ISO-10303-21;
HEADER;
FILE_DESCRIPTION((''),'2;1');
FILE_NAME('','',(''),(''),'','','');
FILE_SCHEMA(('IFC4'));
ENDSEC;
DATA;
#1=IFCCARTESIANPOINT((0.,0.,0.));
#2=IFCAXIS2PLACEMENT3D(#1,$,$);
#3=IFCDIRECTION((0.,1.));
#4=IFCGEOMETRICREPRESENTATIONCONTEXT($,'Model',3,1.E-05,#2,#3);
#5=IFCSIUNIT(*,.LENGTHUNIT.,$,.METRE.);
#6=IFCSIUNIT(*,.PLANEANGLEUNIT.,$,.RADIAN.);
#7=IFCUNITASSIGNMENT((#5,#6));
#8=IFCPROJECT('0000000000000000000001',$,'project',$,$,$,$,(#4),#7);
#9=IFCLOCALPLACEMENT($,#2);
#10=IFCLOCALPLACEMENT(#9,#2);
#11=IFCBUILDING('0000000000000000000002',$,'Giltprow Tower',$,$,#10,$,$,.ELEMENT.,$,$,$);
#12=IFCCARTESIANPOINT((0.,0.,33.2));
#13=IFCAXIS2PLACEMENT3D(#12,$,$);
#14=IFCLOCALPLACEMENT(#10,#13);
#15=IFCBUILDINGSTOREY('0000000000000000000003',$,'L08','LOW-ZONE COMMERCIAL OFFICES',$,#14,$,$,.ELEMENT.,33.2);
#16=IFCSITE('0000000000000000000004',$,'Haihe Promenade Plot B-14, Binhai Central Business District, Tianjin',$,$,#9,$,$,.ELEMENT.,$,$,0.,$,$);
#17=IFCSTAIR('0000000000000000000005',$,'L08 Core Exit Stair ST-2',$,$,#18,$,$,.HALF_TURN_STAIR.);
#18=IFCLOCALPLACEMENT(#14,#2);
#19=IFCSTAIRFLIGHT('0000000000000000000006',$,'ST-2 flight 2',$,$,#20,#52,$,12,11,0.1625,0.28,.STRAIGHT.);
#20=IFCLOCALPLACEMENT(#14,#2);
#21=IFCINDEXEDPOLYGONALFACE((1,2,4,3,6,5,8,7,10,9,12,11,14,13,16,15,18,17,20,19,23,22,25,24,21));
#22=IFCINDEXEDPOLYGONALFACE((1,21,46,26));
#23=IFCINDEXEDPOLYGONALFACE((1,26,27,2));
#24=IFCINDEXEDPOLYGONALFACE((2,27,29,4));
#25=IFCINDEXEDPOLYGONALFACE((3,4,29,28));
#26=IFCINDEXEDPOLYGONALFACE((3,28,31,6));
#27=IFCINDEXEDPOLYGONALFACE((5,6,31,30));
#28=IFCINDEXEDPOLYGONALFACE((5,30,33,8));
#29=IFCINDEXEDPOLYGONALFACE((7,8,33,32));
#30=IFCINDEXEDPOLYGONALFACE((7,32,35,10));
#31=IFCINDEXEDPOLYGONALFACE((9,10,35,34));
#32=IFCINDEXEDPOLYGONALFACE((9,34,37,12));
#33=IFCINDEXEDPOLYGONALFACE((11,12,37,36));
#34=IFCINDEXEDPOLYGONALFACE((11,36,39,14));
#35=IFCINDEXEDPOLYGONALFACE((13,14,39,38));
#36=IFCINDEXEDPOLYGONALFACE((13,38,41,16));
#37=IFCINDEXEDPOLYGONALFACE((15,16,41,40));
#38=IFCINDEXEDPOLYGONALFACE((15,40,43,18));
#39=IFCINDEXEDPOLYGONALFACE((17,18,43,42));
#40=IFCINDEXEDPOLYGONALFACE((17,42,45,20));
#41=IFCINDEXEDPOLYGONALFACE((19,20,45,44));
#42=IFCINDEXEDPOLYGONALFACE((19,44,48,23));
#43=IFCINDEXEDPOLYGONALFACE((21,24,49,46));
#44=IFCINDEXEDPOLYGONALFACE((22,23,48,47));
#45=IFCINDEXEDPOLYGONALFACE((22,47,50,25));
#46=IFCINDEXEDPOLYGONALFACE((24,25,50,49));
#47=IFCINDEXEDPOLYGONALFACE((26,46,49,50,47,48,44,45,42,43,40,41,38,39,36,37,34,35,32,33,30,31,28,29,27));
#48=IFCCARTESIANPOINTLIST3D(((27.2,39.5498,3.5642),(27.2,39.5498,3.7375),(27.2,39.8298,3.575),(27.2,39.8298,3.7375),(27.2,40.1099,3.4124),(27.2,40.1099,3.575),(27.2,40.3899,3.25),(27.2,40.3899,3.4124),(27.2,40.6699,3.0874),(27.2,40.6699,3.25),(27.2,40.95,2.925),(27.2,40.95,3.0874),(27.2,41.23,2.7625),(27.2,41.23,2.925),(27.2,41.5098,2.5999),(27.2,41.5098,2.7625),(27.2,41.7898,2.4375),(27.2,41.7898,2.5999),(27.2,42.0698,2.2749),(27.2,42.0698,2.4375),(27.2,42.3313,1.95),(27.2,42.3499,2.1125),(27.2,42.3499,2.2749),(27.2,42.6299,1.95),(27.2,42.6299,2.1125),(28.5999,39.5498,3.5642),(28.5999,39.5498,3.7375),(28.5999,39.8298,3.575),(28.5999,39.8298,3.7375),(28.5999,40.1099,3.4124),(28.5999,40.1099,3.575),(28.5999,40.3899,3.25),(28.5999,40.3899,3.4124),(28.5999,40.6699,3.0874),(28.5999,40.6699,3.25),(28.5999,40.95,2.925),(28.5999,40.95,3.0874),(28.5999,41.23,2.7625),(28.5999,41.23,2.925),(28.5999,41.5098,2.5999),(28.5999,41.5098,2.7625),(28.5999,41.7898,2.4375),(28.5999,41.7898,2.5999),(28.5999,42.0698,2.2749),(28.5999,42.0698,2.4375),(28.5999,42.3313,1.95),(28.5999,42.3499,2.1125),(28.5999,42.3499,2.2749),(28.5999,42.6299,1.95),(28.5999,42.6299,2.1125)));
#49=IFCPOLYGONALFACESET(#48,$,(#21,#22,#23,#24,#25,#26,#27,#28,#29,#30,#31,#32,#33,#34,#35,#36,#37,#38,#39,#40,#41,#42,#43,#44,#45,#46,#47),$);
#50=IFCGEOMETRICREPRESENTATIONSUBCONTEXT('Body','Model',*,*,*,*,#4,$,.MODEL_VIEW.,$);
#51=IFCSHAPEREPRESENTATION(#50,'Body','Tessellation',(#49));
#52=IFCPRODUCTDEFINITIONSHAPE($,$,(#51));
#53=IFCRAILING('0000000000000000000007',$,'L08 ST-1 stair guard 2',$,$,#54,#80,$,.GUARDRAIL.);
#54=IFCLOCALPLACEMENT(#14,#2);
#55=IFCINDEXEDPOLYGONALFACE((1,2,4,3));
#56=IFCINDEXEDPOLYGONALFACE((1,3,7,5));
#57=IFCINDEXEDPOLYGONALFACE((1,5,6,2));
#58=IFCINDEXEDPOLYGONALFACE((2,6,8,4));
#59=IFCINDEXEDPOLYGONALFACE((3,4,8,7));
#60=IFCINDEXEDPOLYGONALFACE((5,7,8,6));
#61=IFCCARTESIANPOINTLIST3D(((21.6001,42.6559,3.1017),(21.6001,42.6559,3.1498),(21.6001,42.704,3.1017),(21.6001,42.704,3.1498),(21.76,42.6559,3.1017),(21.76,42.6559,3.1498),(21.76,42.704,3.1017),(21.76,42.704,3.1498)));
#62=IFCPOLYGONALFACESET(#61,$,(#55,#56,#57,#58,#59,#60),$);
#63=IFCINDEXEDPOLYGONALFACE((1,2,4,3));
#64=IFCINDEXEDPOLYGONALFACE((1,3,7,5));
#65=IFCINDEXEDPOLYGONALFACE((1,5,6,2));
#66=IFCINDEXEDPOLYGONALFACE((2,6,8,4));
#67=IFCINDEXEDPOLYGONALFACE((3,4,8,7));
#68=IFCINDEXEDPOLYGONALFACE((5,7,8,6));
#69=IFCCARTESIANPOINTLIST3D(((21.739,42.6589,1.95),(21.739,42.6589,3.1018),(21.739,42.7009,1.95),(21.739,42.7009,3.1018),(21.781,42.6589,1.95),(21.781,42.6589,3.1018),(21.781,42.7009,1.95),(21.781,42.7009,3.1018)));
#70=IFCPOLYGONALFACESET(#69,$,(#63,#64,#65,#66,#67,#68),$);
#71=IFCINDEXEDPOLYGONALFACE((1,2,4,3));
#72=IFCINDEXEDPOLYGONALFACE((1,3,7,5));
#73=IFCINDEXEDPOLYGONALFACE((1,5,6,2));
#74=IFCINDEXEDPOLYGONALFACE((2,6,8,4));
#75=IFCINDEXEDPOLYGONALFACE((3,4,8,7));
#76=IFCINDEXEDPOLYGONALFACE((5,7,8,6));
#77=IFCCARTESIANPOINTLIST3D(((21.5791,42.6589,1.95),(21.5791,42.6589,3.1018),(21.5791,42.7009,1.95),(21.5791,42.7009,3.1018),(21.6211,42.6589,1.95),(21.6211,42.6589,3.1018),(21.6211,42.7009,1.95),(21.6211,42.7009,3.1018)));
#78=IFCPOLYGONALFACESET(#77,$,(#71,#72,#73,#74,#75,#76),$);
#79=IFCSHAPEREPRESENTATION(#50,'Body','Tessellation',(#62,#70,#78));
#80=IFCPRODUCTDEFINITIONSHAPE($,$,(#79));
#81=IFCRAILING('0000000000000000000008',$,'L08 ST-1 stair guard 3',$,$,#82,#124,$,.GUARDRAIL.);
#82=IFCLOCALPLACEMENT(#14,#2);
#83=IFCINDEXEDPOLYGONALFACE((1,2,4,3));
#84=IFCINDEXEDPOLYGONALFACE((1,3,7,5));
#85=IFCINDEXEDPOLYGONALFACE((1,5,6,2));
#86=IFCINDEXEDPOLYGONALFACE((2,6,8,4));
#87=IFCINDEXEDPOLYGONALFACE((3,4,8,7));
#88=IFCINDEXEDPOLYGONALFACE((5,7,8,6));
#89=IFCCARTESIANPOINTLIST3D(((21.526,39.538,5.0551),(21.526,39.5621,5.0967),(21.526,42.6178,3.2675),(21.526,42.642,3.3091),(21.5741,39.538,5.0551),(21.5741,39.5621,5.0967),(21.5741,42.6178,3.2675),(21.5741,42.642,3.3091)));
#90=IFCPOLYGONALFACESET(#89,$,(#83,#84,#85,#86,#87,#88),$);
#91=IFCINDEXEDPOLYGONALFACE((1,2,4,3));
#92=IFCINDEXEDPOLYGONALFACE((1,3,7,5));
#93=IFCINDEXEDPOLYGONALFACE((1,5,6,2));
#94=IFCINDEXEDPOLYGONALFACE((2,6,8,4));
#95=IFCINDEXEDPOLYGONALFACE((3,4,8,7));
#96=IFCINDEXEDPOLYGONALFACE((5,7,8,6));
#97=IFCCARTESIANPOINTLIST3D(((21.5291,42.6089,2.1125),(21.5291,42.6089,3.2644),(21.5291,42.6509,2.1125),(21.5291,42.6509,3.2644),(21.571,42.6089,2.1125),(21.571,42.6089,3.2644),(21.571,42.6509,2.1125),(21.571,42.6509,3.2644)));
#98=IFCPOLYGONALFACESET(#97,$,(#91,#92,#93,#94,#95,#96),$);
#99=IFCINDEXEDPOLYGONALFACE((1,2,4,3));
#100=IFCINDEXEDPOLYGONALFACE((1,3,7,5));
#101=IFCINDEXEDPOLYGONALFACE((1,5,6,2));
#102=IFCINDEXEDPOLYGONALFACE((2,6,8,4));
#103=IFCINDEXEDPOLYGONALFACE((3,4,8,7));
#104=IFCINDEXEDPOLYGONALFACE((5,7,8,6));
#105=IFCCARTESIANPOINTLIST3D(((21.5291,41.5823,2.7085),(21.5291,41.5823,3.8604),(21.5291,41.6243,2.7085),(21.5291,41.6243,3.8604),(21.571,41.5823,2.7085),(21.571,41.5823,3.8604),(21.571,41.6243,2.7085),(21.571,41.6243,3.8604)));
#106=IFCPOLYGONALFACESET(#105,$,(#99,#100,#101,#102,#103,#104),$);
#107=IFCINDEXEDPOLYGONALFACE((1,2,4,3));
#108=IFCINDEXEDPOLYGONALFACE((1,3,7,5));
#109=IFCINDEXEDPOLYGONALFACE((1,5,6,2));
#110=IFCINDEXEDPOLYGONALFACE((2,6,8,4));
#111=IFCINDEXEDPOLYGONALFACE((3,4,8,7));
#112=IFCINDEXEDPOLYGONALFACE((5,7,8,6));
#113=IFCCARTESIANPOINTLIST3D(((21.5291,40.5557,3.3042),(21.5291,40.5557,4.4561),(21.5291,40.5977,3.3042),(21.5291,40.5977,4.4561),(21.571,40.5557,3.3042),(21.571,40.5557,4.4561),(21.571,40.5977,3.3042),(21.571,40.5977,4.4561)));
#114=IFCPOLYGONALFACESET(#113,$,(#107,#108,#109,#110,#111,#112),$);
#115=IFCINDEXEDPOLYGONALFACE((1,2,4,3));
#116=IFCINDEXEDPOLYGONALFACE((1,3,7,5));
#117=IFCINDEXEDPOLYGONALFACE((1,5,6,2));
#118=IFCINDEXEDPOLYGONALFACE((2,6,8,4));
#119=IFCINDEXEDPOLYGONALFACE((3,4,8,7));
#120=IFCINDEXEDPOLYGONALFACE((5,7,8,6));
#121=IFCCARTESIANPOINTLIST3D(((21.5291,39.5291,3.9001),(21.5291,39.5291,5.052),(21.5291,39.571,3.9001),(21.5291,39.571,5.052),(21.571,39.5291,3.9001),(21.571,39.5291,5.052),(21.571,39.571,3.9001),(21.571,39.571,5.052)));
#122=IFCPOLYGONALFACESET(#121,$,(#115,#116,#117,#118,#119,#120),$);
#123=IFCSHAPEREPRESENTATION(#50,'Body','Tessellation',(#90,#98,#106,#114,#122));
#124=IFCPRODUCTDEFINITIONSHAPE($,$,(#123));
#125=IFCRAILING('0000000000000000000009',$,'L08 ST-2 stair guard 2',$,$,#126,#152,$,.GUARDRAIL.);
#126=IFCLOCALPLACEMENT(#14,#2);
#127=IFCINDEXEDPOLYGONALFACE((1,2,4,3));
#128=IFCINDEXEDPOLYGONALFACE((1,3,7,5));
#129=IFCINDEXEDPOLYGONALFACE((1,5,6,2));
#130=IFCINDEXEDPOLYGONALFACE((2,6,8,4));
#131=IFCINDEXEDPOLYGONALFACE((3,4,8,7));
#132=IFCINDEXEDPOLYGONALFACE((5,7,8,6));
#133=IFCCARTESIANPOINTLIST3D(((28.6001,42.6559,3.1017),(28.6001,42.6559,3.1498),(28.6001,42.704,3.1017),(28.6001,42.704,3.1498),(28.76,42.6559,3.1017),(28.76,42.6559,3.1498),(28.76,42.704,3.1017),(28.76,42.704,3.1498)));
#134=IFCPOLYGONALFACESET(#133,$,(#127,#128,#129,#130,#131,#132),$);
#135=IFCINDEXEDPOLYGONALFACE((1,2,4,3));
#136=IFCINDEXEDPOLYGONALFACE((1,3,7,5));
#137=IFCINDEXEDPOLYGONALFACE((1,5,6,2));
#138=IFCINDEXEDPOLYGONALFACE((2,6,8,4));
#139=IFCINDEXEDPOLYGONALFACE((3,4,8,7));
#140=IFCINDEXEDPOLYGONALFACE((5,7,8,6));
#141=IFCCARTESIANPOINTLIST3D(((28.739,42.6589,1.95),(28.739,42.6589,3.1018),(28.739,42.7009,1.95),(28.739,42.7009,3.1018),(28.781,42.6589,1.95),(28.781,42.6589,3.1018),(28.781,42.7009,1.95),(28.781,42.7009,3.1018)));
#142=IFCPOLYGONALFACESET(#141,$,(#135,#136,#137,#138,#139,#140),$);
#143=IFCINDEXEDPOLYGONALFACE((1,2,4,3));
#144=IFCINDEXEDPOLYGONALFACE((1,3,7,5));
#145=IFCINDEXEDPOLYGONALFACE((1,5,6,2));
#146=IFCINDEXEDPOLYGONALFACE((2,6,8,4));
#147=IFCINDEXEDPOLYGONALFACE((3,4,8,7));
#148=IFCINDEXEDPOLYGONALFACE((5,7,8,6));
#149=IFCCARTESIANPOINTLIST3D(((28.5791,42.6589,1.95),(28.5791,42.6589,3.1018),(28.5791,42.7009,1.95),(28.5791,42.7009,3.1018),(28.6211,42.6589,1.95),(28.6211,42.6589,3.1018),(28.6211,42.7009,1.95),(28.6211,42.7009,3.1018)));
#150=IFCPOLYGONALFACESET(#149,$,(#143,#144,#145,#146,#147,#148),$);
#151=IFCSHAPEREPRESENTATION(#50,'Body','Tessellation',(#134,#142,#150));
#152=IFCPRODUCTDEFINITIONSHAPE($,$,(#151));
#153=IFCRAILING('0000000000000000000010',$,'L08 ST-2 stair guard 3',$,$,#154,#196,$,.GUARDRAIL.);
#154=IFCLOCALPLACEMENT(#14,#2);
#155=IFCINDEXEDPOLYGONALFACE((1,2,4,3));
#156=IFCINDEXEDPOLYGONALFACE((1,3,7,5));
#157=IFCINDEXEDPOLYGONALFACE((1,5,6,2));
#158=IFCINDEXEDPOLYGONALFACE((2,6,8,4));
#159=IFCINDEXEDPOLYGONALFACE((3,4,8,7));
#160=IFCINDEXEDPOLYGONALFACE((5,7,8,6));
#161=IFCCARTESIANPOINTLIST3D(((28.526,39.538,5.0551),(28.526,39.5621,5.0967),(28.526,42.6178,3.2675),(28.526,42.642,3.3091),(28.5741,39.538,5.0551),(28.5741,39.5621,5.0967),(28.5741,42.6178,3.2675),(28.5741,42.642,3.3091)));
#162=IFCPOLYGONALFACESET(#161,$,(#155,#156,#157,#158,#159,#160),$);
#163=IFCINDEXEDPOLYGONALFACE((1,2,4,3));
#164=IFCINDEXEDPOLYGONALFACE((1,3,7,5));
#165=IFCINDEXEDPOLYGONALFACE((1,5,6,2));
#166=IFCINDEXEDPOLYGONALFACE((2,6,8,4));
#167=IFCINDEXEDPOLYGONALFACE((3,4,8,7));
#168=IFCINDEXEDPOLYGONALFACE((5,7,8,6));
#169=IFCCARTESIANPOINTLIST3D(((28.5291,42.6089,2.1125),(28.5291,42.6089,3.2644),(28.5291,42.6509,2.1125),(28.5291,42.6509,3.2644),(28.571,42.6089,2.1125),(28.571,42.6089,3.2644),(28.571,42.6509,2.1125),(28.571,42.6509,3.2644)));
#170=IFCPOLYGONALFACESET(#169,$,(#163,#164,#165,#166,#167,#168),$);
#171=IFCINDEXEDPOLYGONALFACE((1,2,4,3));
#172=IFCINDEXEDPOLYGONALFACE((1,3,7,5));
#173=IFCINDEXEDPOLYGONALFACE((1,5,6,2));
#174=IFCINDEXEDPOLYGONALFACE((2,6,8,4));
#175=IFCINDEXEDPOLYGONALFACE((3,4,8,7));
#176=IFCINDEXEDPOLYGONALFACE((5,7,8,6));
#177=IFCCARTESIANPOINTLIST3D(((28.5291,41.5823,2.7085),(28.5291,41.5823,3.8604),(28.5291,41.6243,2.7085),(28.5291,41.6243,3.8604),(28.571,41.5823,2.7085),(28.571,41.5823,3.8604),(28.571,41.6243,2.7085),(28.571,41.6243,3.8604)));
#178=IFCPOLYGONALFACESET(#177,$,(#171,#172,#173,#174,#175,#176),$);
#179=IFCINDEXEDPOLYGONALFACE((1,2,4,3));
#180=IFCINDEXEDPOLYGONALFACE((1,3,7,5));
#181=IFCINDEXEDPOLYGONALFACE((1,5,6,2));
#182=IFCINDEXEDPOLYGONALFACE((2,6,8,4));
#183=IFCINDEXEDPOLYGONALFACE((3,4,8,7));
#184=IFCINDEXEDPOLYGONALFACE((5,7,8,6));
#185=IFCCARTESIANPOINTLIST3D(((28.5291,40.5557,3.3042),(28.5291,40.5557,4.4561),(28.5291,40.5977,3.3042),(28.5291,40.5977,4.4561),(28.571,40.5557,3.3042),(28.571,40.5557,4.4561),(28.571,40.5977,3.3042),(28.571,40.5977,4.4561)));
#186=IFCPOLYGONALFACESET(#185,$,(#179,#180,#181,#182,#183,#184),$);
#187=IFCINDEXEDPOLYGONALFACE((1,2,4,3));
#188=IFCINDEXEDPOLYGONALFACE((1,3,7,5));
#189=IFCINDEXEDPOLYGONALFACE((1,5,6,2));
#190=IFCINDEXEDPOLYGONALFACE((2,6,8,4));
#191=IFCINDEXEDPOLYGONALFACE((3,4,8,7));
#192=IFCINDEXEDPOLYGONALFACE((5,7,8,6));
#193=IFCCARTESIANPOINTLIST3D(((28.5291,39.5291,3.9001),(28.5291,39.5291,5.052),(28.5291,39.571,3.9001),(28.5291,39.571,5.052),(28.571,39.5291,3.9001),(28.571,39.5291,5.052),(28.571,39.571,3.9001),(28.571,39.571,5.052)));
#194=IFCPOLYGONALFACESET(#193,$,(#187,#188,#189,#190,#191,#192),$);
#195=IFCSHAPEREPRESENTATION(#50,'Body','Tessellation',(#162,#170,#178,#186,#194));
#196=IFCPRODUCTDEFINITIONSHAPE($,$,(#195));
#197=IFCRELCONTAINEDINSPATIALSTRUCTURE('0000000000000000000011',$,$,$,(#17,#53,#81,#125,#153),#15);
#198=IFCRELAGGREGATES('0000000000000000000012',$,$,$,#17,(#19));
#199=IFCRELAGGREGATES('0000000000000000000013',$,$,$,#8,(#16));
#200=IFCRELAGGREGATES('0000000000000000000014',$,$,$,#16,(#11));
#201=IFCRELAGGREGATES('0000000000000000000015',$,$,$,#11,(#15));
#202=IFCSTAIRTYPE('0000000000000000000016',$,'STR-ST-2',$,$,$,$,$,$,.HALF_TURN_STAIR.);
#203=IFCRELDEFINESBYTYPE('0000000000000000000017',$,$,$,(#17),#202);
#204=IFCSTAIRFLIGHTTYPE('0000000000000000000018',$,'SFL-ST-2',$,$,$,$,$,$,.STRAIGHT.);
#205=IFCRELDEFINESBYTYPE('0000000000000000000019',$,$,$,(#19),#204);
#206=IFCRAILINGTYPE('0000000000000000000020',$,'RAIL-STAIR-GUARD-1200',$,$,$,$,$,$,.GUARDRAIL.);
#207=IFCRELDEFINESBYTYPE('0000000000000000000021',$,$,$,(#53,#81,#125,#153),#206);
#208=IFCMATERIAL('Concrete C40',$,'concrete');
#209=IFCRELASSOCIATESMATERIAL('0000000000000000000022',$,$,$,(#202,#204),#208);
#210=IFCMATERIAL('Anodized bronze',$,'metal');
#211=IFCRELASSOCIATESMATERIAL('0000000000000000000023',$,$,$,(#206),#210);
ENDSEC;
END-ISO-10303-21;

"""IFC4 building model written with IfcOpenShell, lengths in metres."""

from ifc_helpers import new_model, si_unit, direction, frame, origin, origin_2d, place, context, subcontext, project, spatial, polyline, rectangle, outline, extrude, material, type_object, element, aggregate, save


model = new_model("IFC4")

# Units and contexts
model_context = context("Model", 3, precision=1e-05, world=origin(), true_north=direction((0.0, 1.0)))
body_context = subcontext(model_context, "Body", "Model", "MODEL_VIEW")
ifc_project = project(units=[si_unit("LENGTHUNIT", "METRE"), si_unit("PLANEANGLEUNIT", "RADIAN")], contexts=[model_context])

# Site, building, storey
site_placement = place(None, origin())
site = spatial("IfcSite", under=ifc_project, at=site_placement, Name="Haihe Promenade Plot B-14, Binhai Central Business District, Tianjin", CompositionType="ELEMENT", RefElevation=0.0)
building_placement = place(site_placement, origin())
building = spatial("IfcBuilding", under=site, at=building_placement, Name="Giltprow Tower", CompositionType="ELEMENT")
storey_placement = place(building_placement, frame((0.0, 0.0, 33.2)))
storey = spatial("IfcBuildingStorey", under=building, at=storey_placement, Name="L08", Description="LOW-ZONE COMMERCIAL OFFICES", CompositionType="ELEMENT", Elevation=33.2)

# Shared definitions
ifc_material_1 = material(Name="Concrete C40", Category="concrete")

# Stair, stair flight
stair_type_1 = type_object("IfcStairType", Name="STR-ST-2", PredefinedType="HALF_TURN_STAIR", material=ifc_material_1)
stair_1_placement = place(storey_placement, origin())
stair_1 = element("IfcStair", 1, at=stair_1_placement, inside=storey, type_object=stair_type_1, Name="L08 Core Exit Stair ST-2", PredefinedType="HALF_TURN_STAIR")
stair_flight_type_1 = type_object("IfcStairFlightType", Name="SFL-ST-2", PredefinedType="STRAIGHT", material=ifc_material_1)
stair_flight_1_placement = place(storey_placement, frame((27.8999, 42.6299, 1.95), z_axis=(0.0, 0.0, 1.0), x_axis=(0.0, -1.0, 0.0)))
stair_flight_1 = element("IfcStairFlight", 2, at=stair_flight_1_placement, type_object=stair_flight_type_1, Name="ST-2 flight 2", NumberOfRisers=12, NumberOfTreads=11, PredefinedType="STRAIGHT", RiserHeight=0.1625, TreadLength=0.28, context=body_context, shape_type="SweptSolid", body=[
    extrude(outline(polyline([(0.0, 0.0), (0.0, 0.1626), (0.28, 0.1626), (0.28, 0.325), (0.5601, 0.325), (0.5601, 0.4875), (0.8401, 0.4875), (0.8401, 0.6499), (1.1201, 0.6499), (1.1201, 0.8125), (1.3999, 0.8125), (1.3999, 0.9751), (1.6799, 0.9751), (1.6799, 1.1375), (1.96, 1.1375), (1.96, 1.3), (2.24, 1.3), (2.24, 1.4624), (2.52, 1.4624), (2.52, 1.625), (2.8, 1.625), (2.8, 1.7876), (3.0801, 1.7876), (3.0801, 1.95), (3.0801, 1.6143), (0.2986, 0.0), (0.0, 0.0)])), frame((0.0, 0.7, 0.0), z_axis=(0.0, -1.0, 0.0), x_axis=(1.0, 0.0, 0.0)), (0.0, 0.0, 1.0), 1.3999),
])
aggregate(stair_1, [stair_flight_1])

# Railings
ifc_material_2 = material(Name="Anodized bronze", Category="metal")
railing_type_1 = type_object("IfcRailingType", Name="RAIL-STAIR-GUARD-1200", PredefinedType="GUARDRAIL", material=ifc_material_2)
railing_1_placement = place(storey_placement, frame((21.76, 42.6799, 1.95)))
element("IfcRailing", 3, at=railing_1_placement, inside=storey, type_object=railing_type_1, Name="L08 ST-1 stair guard 2", PredefinedType="GUARDRAIL", context=body_context, shape_type="SweptSolid", body=[
    extrude(rectangle(XDim=0.0481, YDim=0.0481, at=origin_2d()), frame((0.0, 0.0, 1.1758), z_axis=(-1.0, 0.0, 0.0), x_axis=(0.0, -1.0, 0.0)), (0.0, 0.0, 1.0), 0.1599),
    extrude(rectangle(XDim=0.042, YDim=0.042, at=origin_2d()), origin(), (0.0, 0.0, 1.0), 1.1519),
    extrude(rectangle(XDim=0.042, YDim=0.042, at=origin_2d()), frame((-0.1599, 0.0, 0.0)), (0.0, 0.0, 1.0), 1.1519),
])
railing_2_placement = place(storey_placement, frame((21.55, 42.6299, 2.1125)))
element("IfcRailing", 4, at=railing_2_placement, inside=storey, type_object=railing_type_1, Name="L08 ST-1 stair guard 3", PredefinedType="GUARDRAIL", context=body_context, shape_type="SweptSolid", body=[
    extrude(rectangle(XDim=0.0481, YDim=0.0481, at=origin_2d()), frame((0.0, 0.0, 1.1758), z_axis=(0.0, -0.864873, 0.50199), x_axis=(1.0, 0.0, 0.0)), (0.0, 0.0, 1.0), 3.561),
    extrude(rectangle(XDim=0.042, YDim=0.042, at=origin_2d()), origin(), (0.0, 0.0, 1.0), 1.1519),
    extrude(rectangle(XDim=0.042, YDim=0.042, at=origin_2d()), frame((0.0, -1.0266, 0.5959)), (0.0, 0.0, 1.0), 1.1519),
    extrude(rectangle(XDim=0.042, YDim=0.042, at=origin_2d()), frame((0.0, -2.0532, 1.1917)), (0.0, 0.0, 1.0), 1.1519),
    extrude(rectangle(XDim=0.042, YDim=0.042, at=origin_2d()), frame((0.0, -3.0798, 1.7876)), (0.0, 0.0, 1.0), 1.1519),
])
railing_3_placement = place(storey_placement, frame((28.76, 42.6799, 1.95)))
element("IfcRailing", 5, at=railing_3_placement, inside=storey, type_object=railing_type_1, Name="L08 ST-2 stair guard 2", PredefinedType="GUARDRAIL", context=body_context, shape_type="SweptSolid", body=[
    extrude(rectangle(XDim=0.0481, YDim=0.0481, at=origin_2d()), frame((0.0, 0.0, 1.1758), z_axis=(-1.0, 0.0, 0.0), x_axis=(0.0, -1.0, 0.0)), (0.0, 0.0, 1.0), 0.1599),
    extrude(rectangle(XDim=0.042, YDim=0.042, at=origin_2d()), origin(), (0.0, 0.0, 1.0), 1.1519),
    extrude(rectangle(XDim=0.042, YDim=0.042, at=origin_2d()), frame((-0.1599, 0.0, 0.0)), (0.0, 0.0, 1.0), 1.1519),
])
railing_4_placement = place(storey_placement, frame((28.55, 42.6299, 2.1125)))
element("IfcRailing", 6, at=railing_4_placement, inside=storey, type_object=railing_type_1, Name="L08 ST-2 stair guard 3", PredefinedType="GUARDRAIL", context=body_context, shape_type="SweptSolid", body=[
    extrude(rectangle(XDim=0.0481, YDim=0.0481, at=origin_2d()), frame((0.0, 0.0, 1.1758), z_axis=(0.0, -0.864873, 0.50199), x_axis=(1.0, 0.0, 0.0)), (0.0, 0.0, 1.0), 3.561),
    extrude(rectangle(XDim=0.042, YDim=0.042, at=origin_2d()), origin(), (0.0, 0.0, 1.0), 1.1519),
    extrude(rectangle(XDim=0.042, YDim=0.042, at=origin_2d()), frame((0.0, -1.0266, 0.5959)), (0.0, 0.0, 1.0), 1.1519),
    extrude(rectangle(XDim=0.042, YDim=0.042, at=origin_2d()), frame((0.0, -2.0532, 1.1917)), (0.0, 0.0, 1.0), 1.1519),
    extrude(rectangle(XDim=0.042, YDim=0.042, at=origin_2d()), frame((0.0, -3.0798, 1.7876)), (0.0, 0.0, 1.0), 1.1519),
])

save(model, "model.ifc")
